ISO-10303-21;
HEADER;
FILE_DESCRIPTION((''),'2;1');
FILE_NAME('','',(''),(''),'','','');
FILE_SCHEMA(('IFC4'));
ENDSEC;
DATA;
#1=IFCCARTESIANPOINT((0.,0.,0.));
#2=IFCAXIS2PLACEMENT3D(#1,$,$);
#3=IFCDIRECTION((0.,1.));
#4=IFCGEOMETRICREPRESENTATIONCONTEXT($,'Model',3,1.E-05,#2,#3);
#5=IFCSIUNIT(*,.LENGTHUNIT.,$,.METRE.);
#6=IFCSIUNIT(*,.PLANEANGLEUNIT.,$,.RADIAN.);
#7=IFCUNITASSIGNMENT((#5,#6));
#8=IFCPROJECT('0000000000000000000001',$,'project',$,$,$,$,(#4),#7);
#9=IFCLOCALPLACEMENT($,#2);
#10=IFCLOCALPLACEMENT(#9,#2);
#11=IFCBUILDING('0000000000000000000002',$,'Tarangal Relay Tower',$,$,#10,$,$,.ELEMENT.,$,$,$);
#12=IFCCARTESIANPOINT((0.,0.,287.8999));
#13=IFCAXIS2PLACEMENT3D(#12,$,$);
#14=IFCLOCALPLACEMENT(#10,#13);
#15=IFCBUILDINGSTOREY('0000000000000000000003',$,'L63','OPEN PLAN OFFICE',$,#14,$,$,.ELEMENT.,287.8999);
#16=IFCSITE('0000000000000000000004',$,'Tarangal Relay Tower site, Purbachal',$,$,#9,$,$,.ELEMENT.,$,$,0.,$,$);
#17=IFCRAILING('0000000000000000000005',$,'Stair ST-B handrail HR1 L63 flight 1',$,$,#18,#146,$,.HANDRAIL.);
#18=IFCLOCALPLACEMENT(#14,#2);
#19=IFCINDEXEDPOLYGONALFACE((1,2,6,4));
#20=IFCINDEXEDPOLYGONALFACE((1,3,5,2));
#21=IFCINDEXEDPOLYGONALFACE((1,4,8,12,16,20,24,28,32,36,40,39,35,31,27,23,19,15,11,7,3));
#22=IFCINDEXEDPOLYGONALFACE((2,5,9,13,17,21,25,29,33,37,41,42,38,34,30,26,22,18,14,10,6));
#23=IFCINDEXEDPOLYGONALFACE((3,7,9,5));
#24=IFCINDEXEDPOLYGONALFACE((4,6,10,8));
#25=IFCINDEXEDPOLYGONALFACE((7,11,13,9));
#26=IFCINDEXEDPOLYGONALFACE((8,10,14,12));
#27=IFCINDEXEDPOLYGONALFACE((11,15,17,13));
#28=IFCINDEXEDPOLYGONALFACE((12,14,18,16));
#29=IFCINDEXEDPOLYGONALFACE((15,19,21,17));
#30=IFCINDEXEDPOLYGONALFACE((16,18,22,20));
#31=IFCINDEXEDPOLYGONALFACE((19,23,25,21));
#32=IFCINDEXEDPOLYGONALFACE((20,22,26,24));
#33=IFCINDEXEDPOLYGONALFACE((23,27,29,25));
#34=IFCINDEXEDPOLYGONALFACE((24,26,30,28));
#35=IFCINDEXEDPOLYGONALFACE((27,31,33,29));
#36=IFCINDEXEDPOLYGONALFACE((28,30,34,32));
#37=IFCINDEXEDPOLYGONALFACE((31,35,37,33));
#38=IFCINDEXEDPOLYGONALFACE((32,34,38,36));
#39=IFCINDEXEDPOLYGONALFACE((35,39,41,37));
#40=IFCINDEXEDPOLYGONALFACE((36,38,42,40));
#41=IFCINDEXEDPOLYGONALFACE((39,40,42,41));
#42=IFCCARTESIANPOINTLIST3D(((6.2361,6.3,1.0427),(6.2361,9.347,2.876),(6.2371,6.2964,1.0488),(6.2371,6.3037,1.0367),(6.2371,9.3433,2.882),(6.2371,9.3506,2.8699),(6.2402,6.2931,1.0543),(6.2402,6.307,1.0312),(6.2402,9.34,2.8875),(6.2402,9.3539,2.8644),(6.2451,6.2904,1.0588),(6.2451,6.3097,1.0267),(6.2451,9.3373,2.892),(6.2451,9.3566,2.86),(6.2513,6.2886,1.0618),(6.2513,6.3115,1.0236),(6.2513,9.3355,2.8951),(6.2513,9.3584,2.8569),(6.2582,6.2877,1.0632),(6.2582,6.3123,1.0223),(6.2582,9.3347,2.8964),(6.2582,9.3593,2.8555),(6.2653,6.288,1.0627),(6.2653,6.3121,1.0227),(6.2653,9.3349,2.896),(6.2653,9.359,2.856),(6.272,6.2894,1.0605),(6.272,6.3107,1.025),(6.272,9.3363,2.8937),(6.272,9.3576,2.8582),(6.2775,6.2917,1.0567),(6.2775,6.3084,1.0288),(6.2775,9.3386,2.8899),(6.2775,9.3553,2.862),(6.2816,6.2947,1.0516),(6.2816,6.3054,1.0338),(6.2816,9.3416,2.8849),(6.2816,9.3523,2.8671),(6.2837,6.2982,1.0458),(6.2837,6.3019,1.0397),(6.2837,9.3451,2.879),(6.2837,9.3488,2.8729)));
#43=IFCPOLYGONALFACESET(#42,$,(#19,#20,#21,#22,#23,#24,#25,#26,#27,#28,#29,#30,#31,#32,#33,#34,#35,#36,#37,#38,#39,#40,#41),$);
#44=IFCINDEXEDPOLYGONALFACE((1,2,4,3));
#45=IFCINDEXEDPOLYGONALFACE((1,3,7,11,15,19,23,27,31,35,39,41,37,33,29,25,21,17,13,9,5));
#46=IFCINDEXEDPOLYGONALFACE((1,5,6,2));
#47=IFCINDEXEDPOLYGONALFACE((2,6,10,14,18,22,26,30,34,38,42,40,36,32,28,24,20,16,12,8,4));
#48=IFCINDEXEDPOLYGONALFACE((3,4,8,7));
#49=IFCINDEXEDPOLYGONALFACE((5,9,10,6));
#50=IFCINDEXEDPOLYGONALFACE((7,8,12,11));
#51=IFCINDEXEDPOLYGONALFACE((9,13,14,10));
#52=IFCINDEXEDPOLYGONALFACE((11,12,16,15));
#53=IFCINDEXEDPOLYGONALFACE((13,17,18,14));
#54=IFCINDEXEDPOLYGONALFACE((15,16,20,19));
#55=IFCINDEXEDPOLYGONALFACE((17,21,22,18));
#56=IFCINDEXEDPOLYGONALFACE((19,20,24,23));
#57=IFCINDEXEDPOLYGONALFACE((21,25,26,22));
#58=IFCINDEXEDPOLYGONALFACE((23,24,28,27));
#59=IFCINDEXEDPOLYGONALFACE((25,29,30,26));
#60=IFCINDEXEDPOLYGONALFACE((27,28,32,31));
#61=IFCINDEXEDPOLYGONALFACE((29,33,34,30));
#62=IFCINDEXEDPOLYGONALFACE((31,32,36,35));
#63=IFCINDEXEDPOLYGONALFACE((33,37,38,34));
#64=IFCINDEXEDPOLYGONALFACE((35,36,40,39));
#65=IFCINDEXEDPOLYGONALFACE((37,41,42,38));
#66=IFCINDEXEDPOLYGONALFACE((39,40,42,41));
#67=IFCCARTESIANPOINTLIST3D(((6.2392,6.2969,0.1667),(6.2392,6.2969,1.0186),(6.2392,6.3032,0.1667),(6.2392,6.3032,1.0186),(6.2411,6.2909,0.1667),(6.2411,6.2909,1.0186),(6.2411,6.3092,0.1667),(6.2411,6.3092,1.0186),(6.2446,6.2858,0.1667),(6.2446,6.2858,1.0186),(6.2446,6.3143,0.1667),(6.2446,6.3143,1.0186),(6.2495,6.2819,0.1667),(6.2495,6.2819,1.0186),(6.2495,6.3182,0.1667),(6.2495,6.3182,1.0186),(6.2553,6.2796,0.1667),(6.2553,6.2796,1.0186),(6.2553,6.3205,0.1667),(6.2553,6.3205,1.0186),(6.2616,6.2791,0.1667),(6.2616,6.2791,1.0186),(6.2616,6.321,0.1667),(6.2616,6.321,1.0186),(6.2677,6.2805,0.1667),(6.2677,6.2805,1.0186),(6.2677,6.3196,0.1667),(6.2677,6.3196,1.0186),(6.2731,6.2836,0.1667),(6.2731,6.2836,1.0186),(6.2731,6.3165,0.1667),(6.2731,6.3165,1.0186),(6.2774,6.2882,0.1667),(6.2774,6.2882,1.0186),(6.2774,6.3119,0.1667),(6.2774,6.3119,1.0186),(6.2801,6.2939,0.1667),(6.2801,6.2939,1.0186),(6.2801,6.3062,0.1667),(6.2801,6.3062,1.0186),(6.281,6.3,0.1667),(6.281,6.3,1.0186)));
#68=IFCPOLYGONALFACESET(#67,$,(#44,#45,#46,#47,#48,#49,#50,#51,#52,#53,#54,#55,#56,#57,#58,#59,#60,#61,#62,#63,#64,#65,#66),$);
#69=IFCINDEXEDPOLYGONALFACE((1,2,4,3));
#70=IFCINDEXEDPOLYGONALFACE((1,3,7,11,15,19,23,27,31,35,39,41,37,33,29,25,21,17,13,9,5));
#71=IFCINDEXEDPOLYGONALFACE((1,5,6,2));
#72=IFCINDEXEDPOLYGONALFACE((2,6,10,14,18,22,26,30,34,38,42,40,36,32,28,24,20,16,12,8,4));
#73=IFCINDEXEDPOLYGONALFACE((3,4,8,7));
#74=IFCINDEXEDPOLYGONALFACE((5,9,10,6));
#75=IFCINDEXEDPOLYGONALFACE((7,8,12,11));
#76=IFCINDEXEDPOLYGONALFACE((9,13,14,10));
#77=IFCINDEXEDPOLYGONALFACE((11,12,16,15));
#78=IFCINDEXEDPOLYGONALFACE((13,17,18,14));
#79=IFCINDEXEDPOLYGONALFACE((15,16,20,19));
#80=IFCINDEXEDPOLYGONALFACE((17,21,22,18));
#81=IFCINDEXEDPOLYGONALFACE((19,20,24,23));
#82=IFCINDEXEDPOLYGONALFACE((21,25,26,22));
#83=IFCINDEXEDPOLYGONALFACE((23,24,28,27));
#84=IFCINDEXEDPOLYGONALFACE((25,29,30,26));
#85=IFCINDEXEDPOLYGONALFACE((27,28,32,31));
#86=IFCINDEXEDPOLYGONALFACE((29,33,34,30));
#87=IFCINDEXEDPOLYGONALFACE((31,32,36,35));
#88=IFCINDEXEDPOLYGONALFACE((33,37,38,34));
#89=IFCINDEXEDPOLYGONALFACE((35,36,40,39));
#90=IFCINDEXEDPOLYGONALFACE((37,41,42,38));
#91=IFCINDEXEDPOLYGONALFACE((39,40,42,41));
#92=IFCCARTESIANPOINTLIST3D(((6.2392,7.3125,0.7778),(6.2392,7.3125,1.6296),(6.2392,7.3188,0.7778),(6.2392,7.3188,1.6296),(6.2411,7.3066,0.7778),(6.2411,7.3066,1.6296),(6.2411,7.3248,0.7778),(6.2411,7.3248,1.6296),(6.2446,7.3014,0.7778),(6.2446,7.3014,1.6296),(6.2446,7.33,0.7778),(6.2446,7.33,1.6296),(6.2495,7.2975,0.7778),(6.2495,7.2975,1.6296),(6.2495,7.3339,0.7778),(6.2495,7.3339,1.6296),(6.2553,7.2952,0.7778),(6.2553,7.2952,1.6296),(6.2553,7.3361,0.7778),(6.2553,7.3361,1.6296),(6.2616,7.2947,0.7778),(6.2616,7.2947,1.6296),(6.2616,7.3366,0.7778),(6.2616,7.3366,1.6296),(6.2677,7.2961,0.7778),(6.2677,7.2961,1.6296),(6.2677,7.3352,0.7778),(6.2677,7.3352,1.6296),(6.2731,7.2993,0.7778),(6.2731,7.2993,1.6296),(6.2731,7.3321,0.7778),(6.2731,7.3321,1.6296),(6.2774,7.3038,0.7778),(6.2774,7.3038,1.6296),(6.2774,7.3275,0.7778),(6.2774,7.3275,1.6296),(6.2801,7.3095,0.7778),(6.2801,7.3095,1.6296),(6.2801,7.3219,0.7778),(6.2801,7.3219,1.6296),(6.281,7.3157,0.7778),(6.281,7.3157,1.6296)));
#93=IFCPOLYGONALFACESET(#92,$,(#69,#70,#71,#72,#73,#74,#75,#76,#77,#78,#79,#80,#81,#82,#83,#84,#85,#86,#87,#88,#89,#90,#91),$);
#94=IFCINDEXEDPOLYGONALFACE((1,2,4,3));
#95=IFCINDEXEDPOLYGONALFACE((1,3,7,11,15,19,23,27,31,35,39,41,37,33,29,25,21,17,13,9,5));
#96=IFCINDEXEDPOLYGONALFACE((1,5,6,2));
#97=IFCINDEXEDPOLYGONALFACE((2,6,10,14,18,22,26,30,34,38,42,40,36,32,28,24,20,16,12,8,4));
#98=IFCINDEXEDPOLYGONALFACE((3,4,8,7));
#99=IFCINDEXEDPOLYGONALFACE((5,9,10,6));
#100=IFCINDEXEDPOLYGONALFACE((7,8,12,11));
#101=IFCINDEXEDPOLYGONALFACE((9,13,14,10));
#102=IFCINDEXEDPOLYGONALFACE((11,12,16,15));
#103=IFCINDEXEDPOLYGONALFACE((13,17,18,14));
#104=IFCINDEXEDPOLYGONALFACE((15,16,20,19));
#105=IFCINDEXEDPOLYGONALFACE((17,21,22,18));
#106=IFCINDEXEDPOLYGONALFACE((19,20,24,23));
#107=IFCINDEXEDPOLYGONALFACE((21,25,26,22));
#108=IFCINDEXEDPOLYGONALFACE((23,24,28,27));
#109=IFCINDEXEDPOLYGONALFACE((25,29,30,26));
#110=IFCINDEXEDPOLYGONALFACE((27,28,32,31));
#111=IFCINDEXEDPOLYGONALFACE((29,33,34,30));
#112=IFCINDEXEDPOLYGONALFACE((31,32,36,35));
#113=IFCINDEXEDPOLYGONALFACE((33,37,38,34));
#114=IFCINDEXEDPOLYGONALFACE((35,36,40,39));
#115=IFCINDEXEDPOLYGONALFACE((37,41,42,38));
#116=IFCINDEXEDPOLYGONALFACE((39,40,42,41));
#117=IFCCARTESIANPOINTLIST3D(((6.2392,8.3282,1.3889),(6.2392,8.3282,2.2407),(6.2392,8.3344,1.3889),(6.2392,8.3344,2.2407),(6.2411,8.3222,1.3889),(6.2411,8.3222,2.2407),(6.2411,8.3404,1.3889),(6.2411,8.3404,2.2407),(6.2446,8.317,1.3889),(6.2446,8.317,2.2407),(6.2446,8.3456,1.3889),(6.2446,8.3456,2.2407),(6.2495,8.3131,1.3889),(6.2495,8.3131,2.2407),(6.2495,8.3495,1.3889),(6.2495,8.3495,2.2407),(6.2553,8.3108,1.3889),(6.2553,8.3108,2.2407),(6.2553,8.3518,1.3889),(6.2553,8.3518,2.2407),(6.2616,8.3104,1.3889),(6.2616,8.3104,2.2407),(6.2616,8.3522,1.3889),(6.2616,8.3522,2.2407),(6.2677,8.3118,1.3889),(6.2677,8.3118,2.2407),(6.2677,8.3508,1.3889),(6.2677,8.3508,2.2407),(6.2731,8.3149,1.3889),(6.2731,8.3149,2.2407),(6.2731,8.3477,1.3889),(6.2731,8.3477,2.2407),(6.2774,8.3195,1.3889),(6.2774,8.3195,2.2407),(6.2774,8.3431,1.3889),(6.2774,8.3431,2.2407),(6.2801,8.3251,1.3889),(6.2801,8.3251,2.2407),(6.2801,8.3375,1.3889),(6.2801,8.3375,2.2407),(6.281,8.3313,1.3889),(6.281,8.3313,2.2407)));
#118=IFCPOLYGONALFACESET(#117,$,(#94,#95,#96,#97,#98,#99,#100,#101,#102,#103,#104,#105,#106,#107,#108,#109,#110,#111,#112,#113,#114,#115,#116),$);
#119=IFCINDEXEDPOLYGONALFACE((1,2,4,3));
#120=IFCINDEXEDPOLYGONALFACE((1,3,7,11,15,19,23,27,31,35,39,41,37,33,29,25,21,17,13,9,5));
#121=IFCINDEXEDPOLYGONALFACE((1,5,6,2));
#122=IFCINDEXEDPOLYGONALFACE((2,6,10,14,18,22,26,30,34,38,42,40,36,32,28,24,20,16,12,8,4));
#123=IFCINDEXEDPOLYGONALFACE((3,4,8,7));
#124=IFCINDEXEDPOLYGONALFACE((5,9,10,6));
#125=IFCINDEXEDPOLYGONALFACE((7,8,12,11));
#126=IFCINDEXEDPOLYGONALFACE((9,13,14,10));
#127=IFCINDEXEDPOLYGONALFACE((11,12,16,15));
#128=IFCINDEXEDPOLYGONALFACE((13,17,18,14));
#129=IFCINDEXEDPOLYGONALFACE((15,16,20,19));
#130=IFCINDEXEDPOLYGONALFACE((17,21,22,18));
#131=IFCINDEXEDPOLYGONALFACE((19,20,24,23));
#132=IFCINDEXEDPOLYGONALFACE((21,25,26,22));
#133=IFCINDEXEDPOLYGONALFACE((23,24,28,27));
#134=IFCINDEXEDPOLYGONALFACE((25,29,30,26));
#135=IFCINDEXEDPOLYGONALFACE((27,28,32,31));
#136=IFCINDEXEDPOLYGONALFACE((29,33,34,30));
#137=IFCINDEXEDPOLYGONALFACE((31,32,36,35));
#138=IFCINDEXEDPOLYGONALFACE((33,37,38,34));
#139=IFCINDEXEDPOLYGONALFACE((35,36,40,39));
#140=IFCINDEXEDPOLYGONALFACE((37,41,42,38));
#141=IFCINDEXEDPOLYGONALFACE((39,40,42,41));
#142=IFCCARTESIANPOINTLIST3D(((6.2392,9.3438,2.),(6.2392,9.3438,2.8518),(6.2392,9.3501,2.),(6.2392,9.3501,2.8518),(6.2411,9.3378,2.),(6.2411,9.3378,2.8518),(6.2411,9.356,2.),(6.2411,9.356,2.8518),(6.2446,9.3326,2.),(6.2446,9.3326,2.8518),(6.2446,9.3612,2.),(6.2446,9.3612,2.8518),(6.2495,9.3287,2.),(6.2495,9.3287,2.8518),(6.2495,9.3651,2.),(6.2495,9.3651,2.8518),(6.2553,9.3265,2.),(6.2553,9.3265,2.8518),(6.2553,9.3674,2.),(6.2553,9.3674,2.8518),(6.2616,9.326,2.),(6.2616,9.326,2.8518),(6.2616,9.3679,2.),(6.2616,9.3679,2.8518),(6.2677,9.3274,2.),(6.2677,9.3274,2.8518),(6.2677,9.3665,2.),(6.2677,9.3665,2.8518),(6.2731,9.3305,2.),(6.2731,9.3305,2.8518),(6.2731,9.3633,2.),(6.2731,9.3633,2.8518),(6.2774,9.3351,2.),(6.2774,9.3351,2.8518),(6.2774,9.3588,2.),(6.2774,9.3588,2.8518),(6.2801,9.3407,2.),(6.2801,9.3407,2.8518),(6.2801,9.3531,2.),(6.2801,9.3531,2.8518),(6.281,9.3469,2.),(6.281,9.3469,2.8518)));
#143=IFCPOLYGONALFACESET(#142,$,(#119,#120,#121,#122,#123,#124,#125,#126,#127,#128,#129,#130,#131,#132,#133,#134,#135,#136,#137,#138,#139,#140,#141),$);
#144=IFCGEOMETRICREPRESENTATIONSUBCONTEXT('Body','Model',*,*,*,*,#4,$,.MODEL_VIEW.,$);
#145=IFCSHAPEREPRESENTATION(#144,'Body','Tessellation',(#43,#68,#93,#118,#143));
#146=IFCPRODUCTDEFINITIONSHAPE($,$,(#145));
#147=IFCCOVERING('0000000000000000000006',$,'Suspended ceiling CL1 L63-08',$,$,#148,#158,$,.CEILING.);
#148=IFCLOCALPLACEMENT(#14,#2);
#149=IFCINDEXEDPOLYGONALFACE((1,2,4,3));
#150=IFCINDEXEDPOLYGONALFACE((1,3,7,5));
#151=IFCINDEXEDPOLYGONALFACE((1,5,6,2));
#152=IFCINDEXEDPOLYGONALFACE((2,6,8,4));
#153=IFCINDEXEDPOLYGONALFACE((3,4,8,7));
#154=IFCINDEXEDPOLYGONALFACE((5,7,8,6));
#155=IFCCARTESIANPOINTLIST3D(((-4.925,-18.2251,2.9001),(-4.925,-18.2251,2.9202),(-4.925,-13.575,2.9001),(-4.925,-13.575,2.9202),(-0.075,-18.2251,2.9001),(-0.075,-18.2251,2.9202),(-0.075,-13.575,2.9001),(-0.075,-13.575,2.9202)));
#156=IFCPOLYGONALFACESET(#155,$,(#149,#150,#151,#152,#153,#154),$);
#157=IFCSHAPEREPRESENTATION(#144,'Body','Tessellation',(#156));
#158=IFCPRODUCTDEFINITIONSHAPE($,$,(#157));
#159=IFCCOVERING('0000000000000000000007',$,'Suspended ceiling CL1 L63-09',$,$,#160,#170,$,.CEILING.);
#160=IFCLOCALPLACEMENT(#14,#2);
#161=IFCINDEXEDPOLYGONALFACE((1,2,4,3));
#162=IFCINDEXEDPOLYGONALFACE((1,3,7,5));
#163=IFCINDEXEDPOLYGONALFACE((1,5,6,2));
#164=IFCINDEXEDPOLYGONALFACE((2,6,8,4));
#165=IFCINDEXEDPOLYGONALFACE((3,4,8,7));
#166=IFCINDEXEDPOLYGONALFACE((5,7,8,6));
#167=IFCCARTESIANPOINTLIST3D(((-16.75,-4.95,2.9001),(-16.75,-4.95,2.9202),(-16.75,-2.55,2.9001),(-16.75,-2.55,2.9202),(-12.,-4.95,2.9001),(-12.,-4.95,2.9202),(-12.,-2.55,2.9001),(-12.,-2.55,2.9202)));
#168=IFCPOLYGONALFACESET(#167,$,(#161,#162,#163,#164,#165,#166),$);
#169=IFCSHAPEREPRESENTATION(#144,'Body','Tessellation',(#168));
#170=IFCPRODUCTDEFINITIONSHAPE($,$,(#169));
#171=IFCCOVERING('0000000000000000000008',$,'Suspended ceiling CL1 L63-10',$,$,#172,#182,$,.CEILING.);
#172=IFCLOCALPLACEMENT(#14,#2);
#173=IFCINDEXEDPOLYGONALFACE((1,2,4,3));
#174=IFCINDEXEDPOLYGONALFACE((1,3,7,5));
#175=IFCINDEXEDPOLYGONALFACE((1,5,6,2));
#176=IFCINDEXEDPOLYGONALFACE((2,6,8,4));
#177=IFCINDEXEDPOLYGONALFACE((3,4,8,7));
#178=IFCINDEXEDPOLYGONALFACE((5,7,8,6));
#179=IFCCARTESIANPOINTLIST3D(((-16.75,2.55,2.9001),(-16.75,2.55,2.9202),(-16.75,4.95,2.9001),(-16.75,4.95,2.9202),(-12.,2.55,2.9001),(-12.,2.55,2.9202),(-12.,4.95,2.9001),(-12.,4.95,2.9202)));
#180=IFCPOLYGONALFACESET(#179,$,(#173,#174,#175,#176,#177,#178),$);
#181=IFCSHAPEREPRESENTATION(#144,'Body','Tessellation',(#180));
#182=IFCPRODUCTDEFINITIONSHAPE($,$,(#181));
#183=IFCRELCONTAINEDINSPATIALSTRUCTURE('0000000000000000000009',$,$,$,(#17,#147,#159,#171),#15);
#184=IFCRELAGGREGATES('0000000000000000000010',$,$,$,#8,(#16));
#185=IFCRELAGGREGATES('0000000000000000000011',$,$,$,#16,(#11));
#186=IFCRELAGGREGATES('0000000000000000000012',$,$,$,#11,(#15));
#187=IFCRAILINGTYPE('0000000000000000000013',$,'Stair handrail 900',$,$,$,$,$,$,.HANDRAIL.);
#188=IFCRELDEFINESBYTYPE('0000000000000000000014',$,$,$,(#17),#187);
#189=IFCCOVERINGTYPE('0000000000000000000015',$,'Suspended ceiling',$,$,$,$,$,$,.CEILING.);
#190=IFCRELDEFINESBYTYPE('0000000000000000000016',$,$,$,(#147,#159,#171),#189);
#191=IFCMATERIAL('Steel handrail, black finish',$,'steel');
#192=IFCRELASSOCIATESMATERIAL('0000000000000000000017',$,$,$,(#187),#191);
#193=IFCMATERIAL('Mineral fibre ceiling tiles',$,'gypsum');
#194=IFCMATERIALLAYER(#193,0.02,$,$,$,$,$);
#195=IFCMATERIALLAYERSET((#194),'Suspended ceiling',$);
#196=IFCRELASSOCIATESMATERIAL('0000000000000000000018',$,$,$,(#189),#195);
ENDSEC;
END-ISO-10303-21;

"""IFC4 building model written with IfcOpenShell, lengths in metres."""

from ifc_helpers import new_model, si_unit, direction, frame, origin, origin_2d, place, context, subcontext, project, spatial, polyline, circle, outline, extrude, material, layer, layer_set, type_object, element, save


model = new_model("IFC4")

# Units and contexts
model_context = context("Model", 3, precision=1e-05, world=origin(), true_north=direction((0.0, 1.0)))
body_context = subcontext(model_context, "Body", "Model", "MODEL_VIEW")
ifc_project = project(units=[si_unit("LENGTHUNIT", "METRE"), si_unit("PLANEANGLEUNIT", "RADIAN")], contexts=[model_context])

# Site, building, storey
site_placement = place(None, origin())
site = spatial("IfcSite", under=ifc_project, at=site_placement, Name="Tarangal Relay Tower site, Purbachal", CompositionType="ELEMENT", RefElevation=0.0)
building_placement = place(site_placement, origin())
building = spatial("IfcBuilding", under=site, at=building_placement, Name="Tarangal Relay Tower", CompositionType="ELEMENT")
storey_placement = place(building_placement, frame((0.0, 0.0, 287.8999)))
storey = spatial("IfcBuildingStorey", under=building, at=storey_placement, Name="L63", Description="OPEN PLAN OFFICE", CompositionType="ELEMENT", Elevation=287.8999)

# Railing
ifc_material_1 = material(Name="Steel handrail, black finish", Category="steel")
railing_type_1 = type_object("IfcRailingType", Name="Stair handrail 900", PredefinedType="HANDRAIL", material=ifc_material_1)
railing_1_placement = place(storey_placement, frame((6.26, 6.3, 0.1667)))
element("IfcRailing", 1, at=railing_1_placement, inside=storey, type_object=railing_type_1, Name="Stair ST-B handrail HR1 L63 flight 1", PredefinedType="HANDRAIL", context=body_context, shape_type="SweptSolid", body=[
    extrude(circle(Radius=0.0239, at=origin_2d()), frame((0.0, 0.0, 0.876), z_axis=(0.0, 0.856856, 0.515556), x_axis=(-1.0, 0.0, 0.0)), (0.0, 0.0, 1.0), 3.5559),
    extrude(circle(Radius=0.021, at=origin_2d()), origin(), (0.0, 0.0, 1.0), 0.8518),
    extrude(circle(Radius=0.021, at=origin_2d()), frame((0.0, 1.0156, 0.6111)), (0.0, 0.0, 1.0), 0.8518),
    extrude(circle(Radius=0.021, at=origin_2d()), frame((0.0, 2.0312, 1.2222)), (0.0, 0.0, 1.0), 0.8518),
    extrude(circle(Radius=0.021, at=origin_2d()), frame((0.0, 3.0469, 1.8333)), (0.0, 0.0, 1.0), 0.8518),
])

# Coverings
ifc_material_2 = material(Name="Mineral fibre ceiling tiles", Category="gypsum")
ifc_layer_1 = layer(ifc_material_2, 0.02)
ifc_layer_set_1 = layer_set([ifc_layer_1], Name="Suspended ceiling")
covering_type = type_object("IfcCoveringType", Name="Suspended ceiling", PredefinedType="CEILING", material=ifc_layer_set_1)
covering_1_placement = place(storey_placement, frame((0.0, 0.0, 2.9001)))
element("IfcCovering", 2, at=covering_1_placement, inside=storey, type_object=covering_type, Name="Suspended ceiling CL1 L63-08", PredefinedType="CEILING", context=body_context, shape_type="SweptSolid", body=[
    extrude(outline(polyline([(-0.075, -13.575), (-4.925, -13.575), (-4.925, -18.2251), (-0.075, -18.2251), (-0.075, -13.575)])), origin(), (0.0, 0.0, 1.0), 0.02),
])
covering_2_placement = place(storey_placement, frame((0.0, 0.0, 2.9001)))
element("IfcCovering", 3, at=covering_2_placement, inside=storey, type_object=covering_type, Name="Suspended ceiling CL1 L63-09", PredefinedType="CEILING", context=body_context, shape_type="SweptSolid", body=[
    extrude(outline(polyline([(-12.0, -2.55), (-16.75, -2.55), (-16.75, -4.95), (-12.0, -4.95), (-12.0, -2.55)])), origin(), (0.0, 0.0, 1.0), 0.02),
])
covering_3_placement = place(storey_placement, frame((0.0, 0.0, 2.9001)))
element("IfcCovering", 4, at=covering_3_placement, inside=storey, type_object=covering_type, Name="Suspended ceiling CL1 L63-10", PredefinedType="CEILING", context=body_context, shape_type="SweptSolid", body=[
    extrude(outline(polyline([(-12.0, 4.95), (-16.75, 4.95), (-16.75, 2.55), (-12.0, 2.55), (-12.0, 4.95)])), origin(), (0.0, 0.0, 1.0), 0.02),
])

save(model, "model.ifc")
